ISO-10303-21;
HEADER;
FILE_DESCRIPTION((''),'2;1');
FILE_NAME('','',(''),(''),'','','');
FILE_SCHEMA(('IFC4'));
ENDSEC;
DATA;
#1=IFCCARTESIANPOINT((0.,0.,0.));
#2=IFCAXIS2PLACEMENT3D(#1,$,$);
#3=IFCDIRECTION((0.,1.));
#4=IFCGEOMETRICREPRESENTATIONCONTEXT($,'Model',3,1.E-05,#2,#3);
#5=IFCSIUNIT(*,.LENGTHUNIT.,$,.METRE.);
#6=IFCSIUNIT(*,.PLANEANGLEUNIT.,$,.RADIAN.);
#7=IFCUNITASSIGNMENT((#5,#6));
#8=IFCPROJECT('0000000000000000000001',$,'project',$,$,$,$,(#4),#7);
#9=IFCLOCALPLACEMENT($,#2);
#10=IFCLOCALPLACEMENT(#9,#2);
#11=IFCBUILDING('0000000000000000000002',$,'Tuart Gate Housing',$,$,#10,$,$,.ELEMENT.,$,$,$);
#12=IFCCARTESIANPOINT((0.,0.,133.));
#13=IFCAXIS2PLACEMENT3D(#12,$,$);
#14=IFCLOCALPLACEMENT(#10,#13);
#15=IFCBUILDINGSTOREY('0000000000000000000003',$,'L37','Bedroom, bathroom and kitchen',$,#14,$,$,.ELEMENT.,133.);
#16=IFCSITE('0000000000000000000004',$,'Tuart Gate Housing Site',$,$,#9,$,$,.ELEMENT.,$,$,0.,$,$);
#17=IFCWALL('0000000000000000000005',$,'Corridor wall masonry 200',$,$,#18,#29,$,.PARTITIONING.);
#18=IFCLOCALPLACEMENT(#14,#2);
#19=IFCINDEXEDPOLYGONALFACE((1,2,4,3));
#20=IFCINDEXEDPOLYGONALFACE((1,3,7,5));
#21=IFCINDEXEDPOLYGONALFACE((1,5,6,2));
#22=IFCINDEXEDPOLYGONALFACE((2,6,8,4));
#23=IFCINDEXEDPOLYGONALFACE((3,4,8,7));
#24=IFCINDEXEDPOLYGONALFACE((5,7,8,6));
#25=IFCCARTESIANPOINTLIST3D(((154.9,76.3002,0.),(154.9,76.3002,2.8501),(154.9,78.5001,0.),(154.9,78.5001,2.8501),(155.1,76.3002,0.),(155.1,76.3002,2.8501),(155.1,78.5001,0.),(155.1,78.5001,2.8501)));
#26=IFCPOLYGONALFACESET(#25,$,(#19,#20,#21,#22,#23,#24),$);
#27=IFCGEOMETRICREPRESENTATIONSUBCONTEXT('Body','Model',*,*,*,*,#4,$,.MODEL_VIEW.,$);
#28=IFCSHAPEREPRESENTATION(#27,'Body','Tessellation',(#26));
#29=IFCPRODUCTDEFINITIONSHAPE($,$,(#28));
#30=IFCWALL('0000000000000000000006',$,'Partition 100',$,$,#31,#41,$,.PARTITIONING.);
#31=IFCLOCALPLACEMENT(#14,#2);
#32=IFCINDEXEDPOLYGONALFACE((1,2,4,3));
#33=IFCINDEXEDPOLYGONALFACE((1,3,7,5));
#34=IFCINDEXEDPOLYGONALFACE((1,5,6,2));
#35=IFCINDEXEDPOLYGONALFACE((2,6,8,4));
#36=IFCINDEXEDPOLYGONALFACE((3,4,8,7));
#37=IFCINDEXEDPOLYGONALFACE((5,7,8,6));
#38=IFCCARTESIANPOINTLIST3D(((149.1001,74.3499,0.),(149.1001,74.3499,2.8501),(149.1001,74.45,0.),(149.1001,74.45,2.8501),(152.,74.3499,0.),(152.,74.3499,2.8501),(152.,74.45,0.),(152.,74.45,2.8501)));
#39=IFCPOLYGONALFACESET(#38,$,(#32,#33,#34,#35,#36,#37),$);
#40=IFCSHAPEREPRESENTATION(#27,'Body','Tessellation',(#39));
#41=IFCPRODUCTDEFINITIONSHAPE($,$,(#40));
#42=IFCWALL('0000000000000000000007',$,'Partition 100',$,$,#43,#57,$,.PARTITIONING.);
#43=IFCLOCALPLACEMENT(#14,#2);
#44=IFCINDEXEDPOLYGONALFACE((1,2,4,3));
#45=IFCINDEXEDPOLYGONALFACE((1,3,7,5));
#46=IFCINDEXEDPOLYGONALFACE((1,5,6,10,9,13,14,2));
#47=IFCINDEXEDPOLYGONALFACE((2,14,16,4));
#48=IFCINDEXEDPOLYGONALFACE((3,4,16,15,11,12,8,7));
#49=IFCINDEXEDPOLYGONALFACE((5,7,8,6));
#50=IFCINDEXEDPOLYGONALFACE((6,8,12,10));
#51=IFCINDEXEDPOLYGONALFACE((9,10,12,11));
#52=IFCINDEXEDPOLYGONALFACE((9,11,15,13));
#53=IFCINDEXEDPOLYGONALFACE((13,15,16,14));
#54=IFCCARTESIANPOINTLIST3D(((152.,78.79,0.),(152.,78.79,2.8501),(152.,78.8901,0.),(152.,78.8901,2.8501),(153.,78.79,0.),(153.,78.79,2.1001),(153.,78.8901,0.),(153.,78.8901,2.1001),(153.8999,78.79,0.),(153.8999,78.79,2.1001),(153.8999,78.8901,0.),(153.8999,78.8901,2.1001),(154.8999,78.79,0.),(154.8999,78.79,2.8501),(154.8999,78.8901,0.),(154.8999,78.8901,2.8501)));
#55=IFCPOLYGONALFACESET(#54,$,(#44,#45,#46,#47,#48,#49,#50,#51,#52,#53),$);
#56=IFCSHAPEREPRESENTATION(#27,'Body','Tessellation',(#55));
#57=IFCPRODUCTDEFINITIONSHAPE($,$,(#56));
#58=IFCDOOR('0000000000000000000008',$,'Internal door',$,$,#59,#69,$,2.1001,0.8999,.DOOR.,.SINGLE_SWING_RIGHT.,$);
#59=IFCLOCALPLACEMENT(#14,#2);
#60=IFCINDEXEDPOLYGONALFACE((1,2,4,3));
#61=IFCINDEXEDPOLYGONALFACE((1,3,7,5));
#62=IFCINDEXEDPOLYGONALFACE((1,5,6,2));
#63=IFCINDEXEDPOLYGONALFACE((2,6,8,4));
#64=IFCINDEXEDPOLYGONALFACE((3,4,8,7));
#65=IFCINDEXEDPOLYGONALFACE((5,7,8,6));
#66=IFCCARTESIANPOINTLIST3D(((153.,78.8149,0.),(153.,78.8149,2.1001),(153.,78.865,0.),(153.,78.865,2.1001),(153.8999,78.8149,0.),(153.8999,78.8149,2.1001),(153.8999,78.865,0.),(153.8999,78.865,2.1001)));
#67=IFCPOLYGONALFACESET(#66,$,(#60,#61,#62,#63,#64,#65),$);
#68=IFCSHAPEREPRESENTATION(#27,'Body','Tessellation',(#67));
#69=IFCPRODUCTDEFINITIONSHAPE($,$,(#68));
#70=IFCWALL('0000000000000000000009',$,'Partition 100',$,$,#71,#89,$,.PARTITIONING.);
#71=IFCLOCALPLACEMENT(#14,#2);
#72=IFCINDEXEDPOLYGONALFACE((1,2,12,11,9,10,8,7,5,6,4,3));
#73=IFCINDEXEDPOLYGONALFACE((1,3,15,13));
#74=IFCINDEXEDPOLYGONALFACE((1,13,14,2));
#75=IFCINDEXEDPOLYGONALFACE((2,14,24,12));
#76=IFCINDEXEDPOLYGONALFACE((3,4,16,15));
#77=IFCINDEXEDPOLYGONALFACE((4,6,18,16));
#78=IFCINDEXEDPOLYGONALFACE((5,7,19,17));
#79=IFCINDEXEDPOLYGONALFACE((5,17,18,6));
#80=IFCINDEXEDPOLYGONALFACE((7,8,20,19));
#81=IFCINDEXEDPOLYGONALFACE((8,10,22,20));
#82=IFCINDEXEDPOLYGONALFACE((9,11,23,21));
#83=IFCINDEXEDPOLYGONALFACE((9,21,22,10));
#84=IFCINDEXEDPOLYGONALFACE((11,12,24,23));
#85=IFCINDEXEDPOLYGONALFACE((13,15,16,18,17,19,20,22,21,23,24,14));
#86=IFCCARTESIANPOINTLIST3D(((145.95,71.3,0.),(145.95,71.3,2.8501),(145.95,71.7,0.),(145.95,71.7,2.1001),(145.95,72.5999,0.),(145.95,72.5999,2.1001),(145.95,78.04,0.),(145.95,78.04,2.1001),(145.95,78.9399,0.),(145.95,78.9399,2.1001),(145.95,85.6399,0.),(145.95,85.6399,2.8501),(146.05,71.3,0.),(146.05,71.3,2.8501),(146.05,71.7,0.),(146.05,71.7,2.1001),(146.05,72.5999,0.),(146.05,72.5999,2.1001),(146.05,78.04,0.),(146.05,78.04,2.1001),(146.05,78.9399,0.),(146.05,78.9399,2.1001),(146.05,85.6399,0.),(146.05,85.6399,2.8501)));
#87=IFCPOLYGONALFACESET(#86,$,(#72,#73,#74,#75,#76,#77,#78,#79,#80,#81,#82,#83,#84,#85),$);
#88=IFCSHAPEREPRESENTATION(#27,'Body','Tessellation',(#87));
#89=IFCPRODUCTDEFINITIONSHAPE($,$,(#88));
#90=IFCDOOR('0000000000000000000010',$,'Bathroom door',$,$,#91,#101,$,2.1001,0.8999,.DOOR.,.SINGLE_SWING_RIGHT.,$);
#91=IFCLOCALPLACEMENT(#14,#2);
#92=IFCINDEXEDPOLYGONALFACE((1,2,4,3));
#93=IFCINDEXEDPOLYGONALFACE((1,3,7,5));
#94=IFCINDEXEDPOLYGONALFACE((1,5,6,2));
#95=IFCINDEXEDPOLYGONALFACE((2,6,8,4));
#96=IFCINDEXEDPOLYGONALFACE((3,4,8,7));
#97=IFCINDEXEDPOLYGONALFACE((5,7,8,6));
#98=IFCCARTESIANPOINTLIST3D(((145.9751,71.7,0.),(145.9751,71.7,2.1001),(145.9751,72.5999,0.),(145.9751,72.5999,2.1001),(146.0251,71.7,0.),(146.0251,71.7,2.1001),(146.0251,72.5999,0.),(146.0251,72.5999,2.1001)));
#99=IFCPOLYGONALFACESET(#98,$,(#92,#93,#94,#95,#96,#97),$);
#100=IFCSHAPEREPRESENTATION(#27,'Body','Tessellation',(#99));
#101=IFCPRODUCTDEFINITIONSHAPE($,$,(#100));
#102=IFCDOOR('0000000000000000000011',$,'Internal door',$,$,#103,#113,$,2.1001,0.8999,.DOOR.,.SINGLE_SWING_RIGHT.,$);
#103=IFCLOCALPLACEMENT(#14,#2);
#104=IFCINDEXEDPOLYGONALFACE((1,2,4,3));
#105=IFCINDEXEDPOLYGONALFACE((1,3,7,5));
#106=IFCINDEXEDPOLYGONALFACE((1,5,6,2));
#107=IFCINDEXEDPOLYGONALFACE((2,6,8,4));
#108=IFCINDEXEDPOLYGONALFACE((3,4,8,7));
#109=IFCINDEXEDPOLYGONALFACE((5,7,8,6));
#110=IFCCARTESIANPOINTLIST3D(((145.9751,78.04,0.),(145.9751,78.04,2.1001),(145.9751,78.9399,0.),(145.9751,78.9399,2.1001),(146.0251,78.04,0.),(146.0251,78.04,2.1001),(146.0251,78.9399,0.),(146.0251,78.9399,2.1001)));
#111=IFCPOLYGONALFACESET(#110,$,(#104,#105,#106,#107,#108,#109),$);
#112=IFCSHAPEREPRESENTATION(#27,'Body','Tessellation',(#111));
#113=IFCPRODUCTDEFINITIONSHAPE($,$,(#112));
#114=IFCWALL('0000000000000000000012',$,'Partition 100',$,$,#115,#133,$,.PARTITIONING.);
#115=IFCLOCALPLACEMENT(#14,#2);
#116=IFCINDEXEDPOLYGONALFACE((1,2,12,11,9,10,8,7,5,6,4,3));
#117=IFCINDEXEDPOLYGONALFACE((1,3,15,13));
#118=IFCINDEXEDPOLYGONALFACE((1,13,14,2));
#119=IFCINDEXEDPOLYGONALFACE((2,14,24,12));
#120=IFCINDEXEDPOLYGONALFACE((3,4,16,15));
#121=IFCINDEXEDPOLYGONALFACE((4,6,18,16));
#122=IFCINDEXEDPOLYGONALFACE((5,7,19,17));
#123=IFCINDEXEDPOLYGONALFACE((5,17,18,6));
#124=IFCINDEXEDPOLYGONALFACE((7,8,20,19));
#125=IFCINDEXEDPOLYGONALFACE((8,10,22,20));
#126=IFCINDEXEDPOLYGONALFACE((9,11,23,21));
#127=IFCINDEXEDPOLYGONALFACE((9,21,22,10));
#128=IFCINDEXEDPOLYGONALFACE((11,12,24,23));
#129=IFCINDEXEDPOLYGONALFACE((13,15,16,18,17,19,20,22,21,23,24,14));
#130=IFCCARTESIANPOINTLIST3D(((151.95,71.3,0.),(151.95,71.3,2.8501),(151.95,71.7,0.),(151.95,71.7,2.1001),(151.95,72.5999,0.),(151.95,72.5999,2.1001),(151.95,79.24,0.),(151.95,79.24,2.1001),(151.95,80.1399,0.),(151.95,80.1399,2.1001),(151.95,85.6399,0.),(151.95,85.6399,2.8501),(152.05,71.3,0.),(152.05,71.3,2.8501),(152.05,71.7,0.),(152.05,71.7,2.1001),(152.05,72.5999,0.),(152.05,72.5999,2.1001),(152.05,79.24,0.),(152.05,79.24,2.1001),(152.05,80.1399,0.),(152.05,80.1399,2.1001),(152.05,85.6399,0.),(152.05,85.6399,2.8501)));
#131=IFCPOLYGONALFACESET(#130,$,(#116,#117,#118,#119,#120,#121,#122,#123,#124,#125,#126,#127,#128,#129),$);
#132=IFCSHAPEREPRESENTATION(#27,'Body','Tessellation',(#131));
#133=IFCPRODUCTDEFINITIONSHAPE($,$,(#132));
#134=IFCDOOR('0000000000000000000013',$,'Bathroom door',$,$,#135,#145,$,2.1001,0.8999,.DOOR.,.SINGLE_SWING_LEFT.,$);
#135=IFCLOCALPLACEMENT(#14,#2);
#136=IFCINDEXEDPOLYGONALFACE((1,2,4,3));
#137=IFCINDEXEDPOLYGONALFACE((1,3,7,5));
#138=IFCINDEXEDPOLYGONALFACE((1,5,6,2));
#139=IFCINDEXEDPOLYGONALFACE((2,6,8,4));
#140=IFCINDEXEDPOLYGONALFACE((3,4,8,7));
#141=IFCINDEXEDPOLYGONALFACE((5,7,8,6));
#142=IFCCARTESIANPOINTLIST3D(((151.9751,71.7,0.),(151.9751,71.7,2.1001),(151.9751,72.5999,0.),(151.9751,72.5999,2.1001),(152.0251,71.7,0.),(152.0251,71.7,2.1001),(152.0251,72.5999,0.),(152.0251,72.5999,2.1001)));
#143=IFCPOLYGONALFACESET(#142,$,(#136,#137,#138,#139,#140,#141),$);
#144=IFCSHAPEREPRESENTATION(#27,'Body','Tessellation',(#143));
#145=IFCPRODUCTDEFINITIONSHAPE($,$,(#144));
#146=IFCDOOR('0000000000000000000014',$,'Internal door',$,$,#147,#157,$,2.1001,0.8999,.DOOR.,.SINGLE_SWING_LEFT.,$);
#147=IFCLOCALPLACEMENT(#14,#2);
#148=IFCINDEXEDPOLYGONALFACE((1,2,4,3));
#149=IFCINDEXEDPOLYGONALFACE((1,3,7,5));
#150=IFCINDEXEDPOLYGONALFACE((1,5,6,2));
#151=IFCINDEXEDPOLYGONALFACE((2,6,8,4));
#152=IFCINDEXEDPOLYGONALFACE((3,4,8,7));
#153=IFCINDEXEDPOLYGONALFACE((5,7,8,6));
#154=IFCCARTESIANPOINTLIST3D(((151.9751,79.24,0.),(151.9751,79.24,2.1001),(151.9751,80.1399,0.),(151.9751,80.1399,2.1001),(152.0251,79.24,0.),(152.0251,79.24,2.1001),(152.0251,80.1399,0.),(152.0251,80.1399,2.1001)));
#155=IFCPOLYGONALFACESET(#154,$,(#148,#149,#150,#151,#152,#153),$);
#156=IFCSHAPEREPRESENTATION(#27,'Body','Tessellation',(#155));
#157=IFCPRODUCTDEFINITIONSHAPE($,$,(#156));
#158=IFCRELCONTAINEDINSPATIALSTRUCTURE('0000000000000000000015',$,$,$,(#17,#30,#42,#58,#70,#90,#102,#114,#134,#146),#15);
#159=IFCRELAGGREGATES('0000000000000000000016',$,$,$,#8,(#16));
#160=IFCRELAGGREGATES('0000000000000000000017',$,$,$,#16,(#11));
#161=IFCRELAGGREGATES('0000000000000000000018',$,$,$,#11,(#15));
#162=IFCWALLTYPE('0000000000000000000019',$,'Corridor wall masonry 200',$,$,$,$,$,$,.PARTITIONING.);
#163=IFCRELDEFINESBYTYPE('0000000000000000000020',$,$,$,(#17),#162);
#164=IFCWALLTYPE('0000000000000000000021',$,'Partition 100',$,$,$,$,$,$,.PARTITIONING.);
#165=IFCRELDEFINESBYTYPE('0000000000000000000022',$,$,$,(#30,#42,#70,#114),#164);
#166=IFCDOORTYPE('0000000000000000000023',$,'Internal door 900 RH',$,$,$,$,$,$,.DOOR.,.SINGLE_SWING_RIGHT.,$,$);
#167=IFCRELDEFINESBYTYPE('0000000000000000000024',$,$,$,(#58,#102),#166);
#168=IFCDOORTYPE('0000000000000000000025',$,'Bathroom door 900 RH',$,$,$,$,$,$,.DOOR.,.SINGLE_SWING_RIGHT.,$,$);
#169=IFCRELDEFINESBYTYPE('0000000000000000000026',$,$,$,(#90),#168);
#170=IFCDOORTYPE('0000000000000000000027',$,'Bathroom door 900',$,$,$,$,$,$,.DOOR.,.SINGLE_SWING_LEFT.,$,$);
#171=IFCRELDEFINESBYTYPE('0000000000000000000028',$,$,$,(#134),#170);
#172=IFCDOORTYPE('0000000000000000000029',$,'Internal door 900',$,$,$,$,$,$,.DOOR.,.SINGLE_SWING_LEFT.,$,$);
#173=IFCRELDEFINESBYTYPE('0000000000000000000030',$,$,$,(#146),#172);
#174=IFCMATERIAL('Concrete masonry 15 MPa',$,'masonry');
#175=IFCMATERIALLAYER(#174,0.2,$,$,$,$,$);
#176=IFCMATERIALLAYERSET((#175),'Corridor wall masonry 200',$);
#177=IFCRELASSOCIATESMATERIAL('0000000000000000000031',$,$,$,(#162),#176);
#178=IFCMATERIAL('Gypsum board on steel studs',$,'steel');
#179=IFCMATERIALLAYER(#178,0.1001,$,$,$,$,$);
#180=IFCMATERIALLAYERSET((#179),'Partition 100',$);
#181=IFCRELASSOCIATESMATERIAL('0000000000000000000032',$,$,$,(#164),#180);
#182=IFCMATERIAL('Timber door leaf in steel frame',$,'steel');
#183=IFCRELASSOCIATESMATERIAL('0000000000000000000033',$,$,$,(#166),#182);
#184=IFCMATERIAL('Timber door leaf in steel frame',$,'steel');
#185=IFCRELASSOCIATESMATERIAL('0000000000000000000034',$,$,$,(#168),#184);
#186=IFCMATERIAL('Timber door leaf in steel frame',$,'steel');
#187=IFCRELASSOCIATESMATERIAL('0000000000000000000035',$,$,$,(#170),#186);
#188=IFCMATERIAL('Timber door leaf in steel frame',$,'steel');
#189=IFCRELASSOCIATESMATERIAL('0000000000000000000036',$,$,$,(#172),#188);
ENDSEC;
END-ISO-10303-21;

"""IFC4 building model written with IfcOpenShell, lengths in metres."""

from ifc_helpers import new_model, si_unit, direction, frame, frame_2d, origin, place, context, subcontext, project, spatial, rectangle, extrude, material, layer, layer_set, type_object, element, fill, save


model = new_model("IFC4")

# Units and contexts
model_context = context("Model", 3, precision=1e-05, world=origin(), true_north=direction((0.0, 1.0)))
body_context = subcontext(model_context, "Body", "Model", "MODEL_VIEW")
ifc_project = project(units=[si_unit("LENGTHUNIT", "METRE"), si_unit("PLANEANGLEUNIT", "RADIAN")], contexts=[model_context])

# Site, building, storey
site_placement = place(None, origin())
site = spatial("IfcSite", under=ifc_project, at=site_placement, Name="Tuart Gate Housing Site", CompositionType="ELEMENT", RefElevation=0.0)
building_placement = place(site_placement, origin())
building = spatial("IfcBuilding", under=site, at=building_placement, Name="Tuart Gate Housing", CompositionType="ELEMENT")
storey_placement = place(building_placement, frame((0.0, 0.0, 133.0)))
storey = spatial("IfcBuildingStorey", under=building, at=storey_placement, Name="L37", Description="Bedroom, bathroom and kitchen", CompositionType="ELEMENT", Elevation=133.0)

# Walls
ifc_material_1 = material(Name="Concrete masonry 15 MPa", Category="masonry")
ifc_layer_1 = layer(ifc_material_1, 0.2)
ifc_layer_set_1 = layer_set([ifc_layer_1], Name="Corridor wall masonry 200")
wall_type_1 = type_object("IfcWallType", Name="Corridor wall masonry 200", PredefinedType="PARTITIONING", material=ifc_layer_set_1)
wall_1_placement = place(storey_placement, frame((155.0, 76.3, 0.0), z_axis=(0.0, 0.0, 1.0), x_axis=(0.0, 1.0, 0.0)))
element("IfcWall", 1, at=wall_1_placement, inside=storey, type_object=wall_type_1, Name="Corridor wall masonry 200", PredefinedType="PARTITIONING", context=body_context, shape_type="SweptSolid", body=[
    extrude(rectangle(XDim=2.2, YDim=0.2, at=frame_2d((1.1001, 0.0))), origin(), (0.0, 0.0, 1.0), 2.8501),
])
ifc_material_2 = material(Name="Gypsum board on steel studs", Category="steel")
ifc_layer_2 = layer(ifc_material_2, 0.1001)
ifc_layer_set_2 = layer_set([ifc_layer_2], Name="Partition 100")
wall_type_2 = type_object("IfcWallType", Name="Partition 100", PredefinedType="PARTITIONING", material=ifc_layer_set_2)
wall_2_placement = place(storey_placement, frame((149.1001, 74.3999, 0.0), z_axis=(0.0, 0.0, 1.0), x_axis=(1.0, 0.0, 0.0)))
element("IfcWall", 2, at=wall_2_placement, inside=storey, type_object=wall_type_2, Name="Partition 100", PredefinedType="PARTITIONING", context=body_context, shape_type="SweptSolid", body=[
    extrude(rectangle(XDim=2.8999, YDim=0.1001, at=frame_2d((1.45, 0.0))), origin(), (0.0, 0.0, 1.0), 2.8501),
])

# Wall, opening, door
wall_3_placement = place(storey_placement, frame((152.0, 78.8401, 0.0), z_axis=(0.0, 0.0, 1.0), x_axis=(1.0, 0.0, 0.0)))
wall_3 = element("IfcWall", 3, at=wall_3_placement, inside=storey, type_object=wall_type_2, Name="Partition 100", PredefinedType="PARTITIONING", context=body_context, shape_type="SweptSolid", body=[
    extrude(rectangle(XDim=2.8999, YDim=0.1001, at=frame_2d((1.45, 0.0))), origin(), (0.0, 0.0, 1.0), 2.8501),
])
opening_1_placement = place(wall_3_placement, frame((1.0, 0.0, 0.0)))
opening_1 = element("IfcOpeningElement", 4, at=opening_1_placement, cuts=wall_3, PredefinedType="OPENING", context=body_context, shape_type="SweptSolid", body=[
    extrude(rectangle(XDim=0.8999, YDim=2.1001, at=frame_2d((0.45, 1.05))), frame((0.0, 0.0601, 0.0), z_axis=(0.0, -1.0, 0.0), x_axis=(1.0, 0.0, 0.0)), (0.0, 0.0, 1.0), 0.1201),
])
ifc_material_3 = material(Name="Timber door leaf in steel frame", Category="steel")
door_type_1 = type_object("IfcDoorType", Name="Internal door 900 RH", OperationType="SINGLE_SWING_RIGHT", PredefinedType="DOOR", material=ifc_material_3)
door_1_placement = place(opening_1_placement, frame((0.8999, 0.0, 0.0), z_axis=(0.0, 0.0, 1.0), x_axis=(-1.0, 0.0, 0.0)))
door_1 = element("IfcDoor", 5, at=door_1_placement, inside=storey, type_object=door_type_1, Name="Internal door", OperationType="SINGLE_SWING_RIGHT", OverallHeight=2.1001, OverallWidth=0.8999, PredefinedType="DOOR", context=body_context, shape_type="SweptSolid", body=[
    extrude(rectangle(XDim=0.8999, YDim=2.1001, at=frame_2d((0.45, 1.05))), frame((0.0, 0.0251, 0.0), z_axis=(0.0, -1.0, 0.0), x_axis=(1.0, 0.0, 0.0)), (0.0, 0.0, 1.0), 0.05),
])
fill(opening_1, door_1)

# Walls, openings, doors
wall_4_placement = place(storey_placement, frame((146.0, 71.3, 0.0), z_axis=(0.0, 0.0, 1.0), x_axis=(0.0, 1.0, 0.0)))
wall_4 = element("IfcWall", 6, at=wall_4_placement, inside=storey, type_object=wall_type_2, Name="Partition 100", PredefinedType="PARTITIONING", context=body_context, shape_type="SweptSolid", body=[
    extrude(rectangle(XDim=14.3398, YDim=0.1001, at=frame_2d((7.1699, 0.0))), origin(), (0.0, 0.0, 1.0), 2.8501),
])
opening_2_placement = place(wall_4_placement, frame((6.74, 0.0, 0.0)))
opening_2 = element("IfcOpeningElement", 7, at=opening_2_placement, cuts=wall_4, PredefinedType="OPENING", context=body_context, shape_type="SweptSolid", body=[
    extrude(rectangle(XDim=0.8999, YDim=2.1001, at=frame_2d((0.45, 1.05))), frame((0.0, 0.0601, 0.0), z_axis=(0.0, -1.0, 0.0), x_axis=(1.0, 0.0, 0.0)), (0.0, 0.0, 1.0), 0.1201),
])
opening_3_placement = place(wall_4_placement, frame((0.3999, 0.0, 0.0)))
opening_3 = element("IfcOpeningElement", 8, at=opening_3_placement, cuts=wall_4, PredefinedType="OPENING", context=body_context, shape_type="SweptSolid", body=[
    extrude(rectangle(XDim=0.8999, YDim=2.1001, at=frame_2d((0.45, 1.05))), frame((0.0, 0.0601, 0.0), z_axis=(0.0, -1.0, 0.0), x_axis=(1.0, 0.0, 0.0)), (0.0, 0.0, 1.0), 0.1201),
])
ifc_material_4 = material(Name="Timber door leaf in steel frame", Category="steel")
door_type_2 = type_object("IfcDoorType", Name="Bathroom door 900 RH", OperationType="SINGLE_SWING_RIGHT", PredefinedType="DOOR", material=ifc_material_4)
door_2_placement = place(opening_3_placement, frame((0.8999, 0.0, 0.0), z_axis=(0.0, 0.0, 1.0), x_axis=(-1.0, 0.0, 0.0)))
door_2 = element("IfcDoor", 9, at=door_2_placement, inside=storey, type_object=door_type_2, Name="Bathroom door", OperationType="SINGLE_SWING_RIGHT", OverallHeight=2.1001, OverallWidth=0.8999, PredefinedType="DOOR", context=body_context, shape_type="SweptSolid", body=[
    extrude(rectangle(XDim=0.8999, YDim=2.1001, at=frame_2d((0.45, 1.05))), frame((0.0, 0.0251, 0.0), z_axis=(0.0, -1.0, 0.0), x_axis=(1.0, 0.0, 0.0)), (0.0, 0.0, 1.0), 0.05),
])
fill(opening_3, door_2)
door_3_placement = place(opening_2_placement, frame((0.8999, 0.0, 0.0), z_axis=(0.0, 0.0, 1.0), x_axis=(-1.0, 0.0, 0.0)))
door_3 = element("IfcDoor", 10, at=door_3_placement, inside=storey, type_object=door_type_1, Name="Internal door", OperationType="SINGLE_SWING_RIGHT", OverallHeight=2.1001, OverallWidth=0.8999, PredefinedType="DOOR", context=body_context, shape_type="SweptSolid", body=[
    extrude(rectangle(XDim=0.8999, YDim=2.1001, at=frame_2d((0.45, 1.05))), frame((0.0, 0.0251, 0.0), z_axis=(0.0, -1.0, 0.0), x_axis=(1.0, 0.0, 0.0)), (0.0, 0.0, 1.0), 0.05),
])
fill(opening_2, door_3)
wall_5_placement = place(storey_placement, frame((152.0, 71.3, 0.0), z_axis=(0.0, 0.0, 1.0), x_axis=(0.0, 1.0, 0.0)))
wall_5 = element("IfcWall", 11, at=wall_5_placement, inside=storey, type_object=wall_type_2, Name="Partition 100", PredefinedType="PARTITIONING", context=body_context, shape_type="SweptSolid", body=[
    extrude(rectangle(XDim=14.3398, YDim=0.1001, at=frame_2d((7.1699, 0.0))), origin(), (0.0, 0.0, 1.0), 2.8501),
])
opening_4_placement = place(wall_5_placement, frame((7.9399, 0.0, 0.0)))
opening_4 = element("IfcOpeningElement", 12, at=opening_4_placement, cuts=wall_5, PredefinedType="OPENING", context=body_context, shape_type="SweptSolid", body=[
    extrude(rectangle(XDim=0.8999, YDim=2.1001, at=frame_2d((0.45, 1.05))), frame((0.0, 0.0601, 0.0), z_axis=(0.0, -1.0, 0.0), x_axis=(1.0, 0.0, 0.0)), (0.0, 0.0, 1.0), 0.1201),
])
opening_5_placement = place(wall_5_placement, frame((0.3999, 0.0, 0.0)))
opening_5 = element("IfcOpeningElement", 13, at=opening_5_placement, cuts=wall_5, PredefinedType="OPENING", context=body_context, shape_type="SweptSolid", body=[
    extrude(rectangle(XDim=0.8999, YDim=2.1001, at=frame_2d((0.45, 1.05))), frame((0.0, 0.0601, 0.0), z_axis=(0.0, -1.0, 0.0), x_axis=(1.0, 0.0, 0.0)), (0.0, 0.0, 1.0), 0.1201),
])
ifc_material_5 = material(Name="Timber door leaf in steel frame", Category="steel")
door_type_3 = type_object("IfcDoorType", Name="Bathroom door 900", OperationType="SINGLE_SWING_LEFT", PredefinedType="DOOR", material=ifc_material_5)
door_4_placement = place(opening_5_placement, origin())
door_4 = element("IfcDoor", 14, at=door_4_placement, inside=storey, type_object=door_type_3, Name="Bathroom door", OperationType="SINGLE_SWING_LEFT", OverallHeight=2.1001, OverallWidth=0.8999, PredefinedType="DOOR", context=body_context, shape_type="SweptSolid", body=[
    extrude(rectangle(XDim=0.8999, YDim=2.1001, at=frame_2d((0.45, 1.05))), frame((0.0, 0.0249, 0.0), z_axis=(0.0, -1.0, 0.0), x_axis=(1.0, 0.0, 0.0)), (0.0, 0.0, 1.0), 0.05),
])
fill(opening_5, door_4)
ifc_material_6 = material(Name="Timber door leaf in steel frame", Category="steel")
door_type_4 = type_object("IfcDoorType", Name="Internal door 900", OperationType="SINGLE_SWING_LEFT", PredefinedType="DOOR", material=ifc_material_6)
door_5_placement = place(opening_4_placement, origin())
door_5 = element("IfcDoor", 15, at=door_5_placement, inside=storey, type_object=door_type_4, Name="Internal door", OperationType="SINGLE_SWING_LEFT", OverallHeight=2.1001, OverallWidth=0.8999, PredefinedType="DOOR", context=body_context, shape_type="SweptSolid", body=[
    extrude(rectangle(XDim=0.8999, YDim=2.1001, at=frame_2d((0.45, 1.05))), frame((0.0, 0.0249, 0.0), z_axis=(0.0, -1.0, 0.0), x_axis=(1.0, 0.0, 0.0)), (0.0, 0.0, 1.0), 0.05),
])
fill(opening_4, door_5)

save(model, "model.ifc")
